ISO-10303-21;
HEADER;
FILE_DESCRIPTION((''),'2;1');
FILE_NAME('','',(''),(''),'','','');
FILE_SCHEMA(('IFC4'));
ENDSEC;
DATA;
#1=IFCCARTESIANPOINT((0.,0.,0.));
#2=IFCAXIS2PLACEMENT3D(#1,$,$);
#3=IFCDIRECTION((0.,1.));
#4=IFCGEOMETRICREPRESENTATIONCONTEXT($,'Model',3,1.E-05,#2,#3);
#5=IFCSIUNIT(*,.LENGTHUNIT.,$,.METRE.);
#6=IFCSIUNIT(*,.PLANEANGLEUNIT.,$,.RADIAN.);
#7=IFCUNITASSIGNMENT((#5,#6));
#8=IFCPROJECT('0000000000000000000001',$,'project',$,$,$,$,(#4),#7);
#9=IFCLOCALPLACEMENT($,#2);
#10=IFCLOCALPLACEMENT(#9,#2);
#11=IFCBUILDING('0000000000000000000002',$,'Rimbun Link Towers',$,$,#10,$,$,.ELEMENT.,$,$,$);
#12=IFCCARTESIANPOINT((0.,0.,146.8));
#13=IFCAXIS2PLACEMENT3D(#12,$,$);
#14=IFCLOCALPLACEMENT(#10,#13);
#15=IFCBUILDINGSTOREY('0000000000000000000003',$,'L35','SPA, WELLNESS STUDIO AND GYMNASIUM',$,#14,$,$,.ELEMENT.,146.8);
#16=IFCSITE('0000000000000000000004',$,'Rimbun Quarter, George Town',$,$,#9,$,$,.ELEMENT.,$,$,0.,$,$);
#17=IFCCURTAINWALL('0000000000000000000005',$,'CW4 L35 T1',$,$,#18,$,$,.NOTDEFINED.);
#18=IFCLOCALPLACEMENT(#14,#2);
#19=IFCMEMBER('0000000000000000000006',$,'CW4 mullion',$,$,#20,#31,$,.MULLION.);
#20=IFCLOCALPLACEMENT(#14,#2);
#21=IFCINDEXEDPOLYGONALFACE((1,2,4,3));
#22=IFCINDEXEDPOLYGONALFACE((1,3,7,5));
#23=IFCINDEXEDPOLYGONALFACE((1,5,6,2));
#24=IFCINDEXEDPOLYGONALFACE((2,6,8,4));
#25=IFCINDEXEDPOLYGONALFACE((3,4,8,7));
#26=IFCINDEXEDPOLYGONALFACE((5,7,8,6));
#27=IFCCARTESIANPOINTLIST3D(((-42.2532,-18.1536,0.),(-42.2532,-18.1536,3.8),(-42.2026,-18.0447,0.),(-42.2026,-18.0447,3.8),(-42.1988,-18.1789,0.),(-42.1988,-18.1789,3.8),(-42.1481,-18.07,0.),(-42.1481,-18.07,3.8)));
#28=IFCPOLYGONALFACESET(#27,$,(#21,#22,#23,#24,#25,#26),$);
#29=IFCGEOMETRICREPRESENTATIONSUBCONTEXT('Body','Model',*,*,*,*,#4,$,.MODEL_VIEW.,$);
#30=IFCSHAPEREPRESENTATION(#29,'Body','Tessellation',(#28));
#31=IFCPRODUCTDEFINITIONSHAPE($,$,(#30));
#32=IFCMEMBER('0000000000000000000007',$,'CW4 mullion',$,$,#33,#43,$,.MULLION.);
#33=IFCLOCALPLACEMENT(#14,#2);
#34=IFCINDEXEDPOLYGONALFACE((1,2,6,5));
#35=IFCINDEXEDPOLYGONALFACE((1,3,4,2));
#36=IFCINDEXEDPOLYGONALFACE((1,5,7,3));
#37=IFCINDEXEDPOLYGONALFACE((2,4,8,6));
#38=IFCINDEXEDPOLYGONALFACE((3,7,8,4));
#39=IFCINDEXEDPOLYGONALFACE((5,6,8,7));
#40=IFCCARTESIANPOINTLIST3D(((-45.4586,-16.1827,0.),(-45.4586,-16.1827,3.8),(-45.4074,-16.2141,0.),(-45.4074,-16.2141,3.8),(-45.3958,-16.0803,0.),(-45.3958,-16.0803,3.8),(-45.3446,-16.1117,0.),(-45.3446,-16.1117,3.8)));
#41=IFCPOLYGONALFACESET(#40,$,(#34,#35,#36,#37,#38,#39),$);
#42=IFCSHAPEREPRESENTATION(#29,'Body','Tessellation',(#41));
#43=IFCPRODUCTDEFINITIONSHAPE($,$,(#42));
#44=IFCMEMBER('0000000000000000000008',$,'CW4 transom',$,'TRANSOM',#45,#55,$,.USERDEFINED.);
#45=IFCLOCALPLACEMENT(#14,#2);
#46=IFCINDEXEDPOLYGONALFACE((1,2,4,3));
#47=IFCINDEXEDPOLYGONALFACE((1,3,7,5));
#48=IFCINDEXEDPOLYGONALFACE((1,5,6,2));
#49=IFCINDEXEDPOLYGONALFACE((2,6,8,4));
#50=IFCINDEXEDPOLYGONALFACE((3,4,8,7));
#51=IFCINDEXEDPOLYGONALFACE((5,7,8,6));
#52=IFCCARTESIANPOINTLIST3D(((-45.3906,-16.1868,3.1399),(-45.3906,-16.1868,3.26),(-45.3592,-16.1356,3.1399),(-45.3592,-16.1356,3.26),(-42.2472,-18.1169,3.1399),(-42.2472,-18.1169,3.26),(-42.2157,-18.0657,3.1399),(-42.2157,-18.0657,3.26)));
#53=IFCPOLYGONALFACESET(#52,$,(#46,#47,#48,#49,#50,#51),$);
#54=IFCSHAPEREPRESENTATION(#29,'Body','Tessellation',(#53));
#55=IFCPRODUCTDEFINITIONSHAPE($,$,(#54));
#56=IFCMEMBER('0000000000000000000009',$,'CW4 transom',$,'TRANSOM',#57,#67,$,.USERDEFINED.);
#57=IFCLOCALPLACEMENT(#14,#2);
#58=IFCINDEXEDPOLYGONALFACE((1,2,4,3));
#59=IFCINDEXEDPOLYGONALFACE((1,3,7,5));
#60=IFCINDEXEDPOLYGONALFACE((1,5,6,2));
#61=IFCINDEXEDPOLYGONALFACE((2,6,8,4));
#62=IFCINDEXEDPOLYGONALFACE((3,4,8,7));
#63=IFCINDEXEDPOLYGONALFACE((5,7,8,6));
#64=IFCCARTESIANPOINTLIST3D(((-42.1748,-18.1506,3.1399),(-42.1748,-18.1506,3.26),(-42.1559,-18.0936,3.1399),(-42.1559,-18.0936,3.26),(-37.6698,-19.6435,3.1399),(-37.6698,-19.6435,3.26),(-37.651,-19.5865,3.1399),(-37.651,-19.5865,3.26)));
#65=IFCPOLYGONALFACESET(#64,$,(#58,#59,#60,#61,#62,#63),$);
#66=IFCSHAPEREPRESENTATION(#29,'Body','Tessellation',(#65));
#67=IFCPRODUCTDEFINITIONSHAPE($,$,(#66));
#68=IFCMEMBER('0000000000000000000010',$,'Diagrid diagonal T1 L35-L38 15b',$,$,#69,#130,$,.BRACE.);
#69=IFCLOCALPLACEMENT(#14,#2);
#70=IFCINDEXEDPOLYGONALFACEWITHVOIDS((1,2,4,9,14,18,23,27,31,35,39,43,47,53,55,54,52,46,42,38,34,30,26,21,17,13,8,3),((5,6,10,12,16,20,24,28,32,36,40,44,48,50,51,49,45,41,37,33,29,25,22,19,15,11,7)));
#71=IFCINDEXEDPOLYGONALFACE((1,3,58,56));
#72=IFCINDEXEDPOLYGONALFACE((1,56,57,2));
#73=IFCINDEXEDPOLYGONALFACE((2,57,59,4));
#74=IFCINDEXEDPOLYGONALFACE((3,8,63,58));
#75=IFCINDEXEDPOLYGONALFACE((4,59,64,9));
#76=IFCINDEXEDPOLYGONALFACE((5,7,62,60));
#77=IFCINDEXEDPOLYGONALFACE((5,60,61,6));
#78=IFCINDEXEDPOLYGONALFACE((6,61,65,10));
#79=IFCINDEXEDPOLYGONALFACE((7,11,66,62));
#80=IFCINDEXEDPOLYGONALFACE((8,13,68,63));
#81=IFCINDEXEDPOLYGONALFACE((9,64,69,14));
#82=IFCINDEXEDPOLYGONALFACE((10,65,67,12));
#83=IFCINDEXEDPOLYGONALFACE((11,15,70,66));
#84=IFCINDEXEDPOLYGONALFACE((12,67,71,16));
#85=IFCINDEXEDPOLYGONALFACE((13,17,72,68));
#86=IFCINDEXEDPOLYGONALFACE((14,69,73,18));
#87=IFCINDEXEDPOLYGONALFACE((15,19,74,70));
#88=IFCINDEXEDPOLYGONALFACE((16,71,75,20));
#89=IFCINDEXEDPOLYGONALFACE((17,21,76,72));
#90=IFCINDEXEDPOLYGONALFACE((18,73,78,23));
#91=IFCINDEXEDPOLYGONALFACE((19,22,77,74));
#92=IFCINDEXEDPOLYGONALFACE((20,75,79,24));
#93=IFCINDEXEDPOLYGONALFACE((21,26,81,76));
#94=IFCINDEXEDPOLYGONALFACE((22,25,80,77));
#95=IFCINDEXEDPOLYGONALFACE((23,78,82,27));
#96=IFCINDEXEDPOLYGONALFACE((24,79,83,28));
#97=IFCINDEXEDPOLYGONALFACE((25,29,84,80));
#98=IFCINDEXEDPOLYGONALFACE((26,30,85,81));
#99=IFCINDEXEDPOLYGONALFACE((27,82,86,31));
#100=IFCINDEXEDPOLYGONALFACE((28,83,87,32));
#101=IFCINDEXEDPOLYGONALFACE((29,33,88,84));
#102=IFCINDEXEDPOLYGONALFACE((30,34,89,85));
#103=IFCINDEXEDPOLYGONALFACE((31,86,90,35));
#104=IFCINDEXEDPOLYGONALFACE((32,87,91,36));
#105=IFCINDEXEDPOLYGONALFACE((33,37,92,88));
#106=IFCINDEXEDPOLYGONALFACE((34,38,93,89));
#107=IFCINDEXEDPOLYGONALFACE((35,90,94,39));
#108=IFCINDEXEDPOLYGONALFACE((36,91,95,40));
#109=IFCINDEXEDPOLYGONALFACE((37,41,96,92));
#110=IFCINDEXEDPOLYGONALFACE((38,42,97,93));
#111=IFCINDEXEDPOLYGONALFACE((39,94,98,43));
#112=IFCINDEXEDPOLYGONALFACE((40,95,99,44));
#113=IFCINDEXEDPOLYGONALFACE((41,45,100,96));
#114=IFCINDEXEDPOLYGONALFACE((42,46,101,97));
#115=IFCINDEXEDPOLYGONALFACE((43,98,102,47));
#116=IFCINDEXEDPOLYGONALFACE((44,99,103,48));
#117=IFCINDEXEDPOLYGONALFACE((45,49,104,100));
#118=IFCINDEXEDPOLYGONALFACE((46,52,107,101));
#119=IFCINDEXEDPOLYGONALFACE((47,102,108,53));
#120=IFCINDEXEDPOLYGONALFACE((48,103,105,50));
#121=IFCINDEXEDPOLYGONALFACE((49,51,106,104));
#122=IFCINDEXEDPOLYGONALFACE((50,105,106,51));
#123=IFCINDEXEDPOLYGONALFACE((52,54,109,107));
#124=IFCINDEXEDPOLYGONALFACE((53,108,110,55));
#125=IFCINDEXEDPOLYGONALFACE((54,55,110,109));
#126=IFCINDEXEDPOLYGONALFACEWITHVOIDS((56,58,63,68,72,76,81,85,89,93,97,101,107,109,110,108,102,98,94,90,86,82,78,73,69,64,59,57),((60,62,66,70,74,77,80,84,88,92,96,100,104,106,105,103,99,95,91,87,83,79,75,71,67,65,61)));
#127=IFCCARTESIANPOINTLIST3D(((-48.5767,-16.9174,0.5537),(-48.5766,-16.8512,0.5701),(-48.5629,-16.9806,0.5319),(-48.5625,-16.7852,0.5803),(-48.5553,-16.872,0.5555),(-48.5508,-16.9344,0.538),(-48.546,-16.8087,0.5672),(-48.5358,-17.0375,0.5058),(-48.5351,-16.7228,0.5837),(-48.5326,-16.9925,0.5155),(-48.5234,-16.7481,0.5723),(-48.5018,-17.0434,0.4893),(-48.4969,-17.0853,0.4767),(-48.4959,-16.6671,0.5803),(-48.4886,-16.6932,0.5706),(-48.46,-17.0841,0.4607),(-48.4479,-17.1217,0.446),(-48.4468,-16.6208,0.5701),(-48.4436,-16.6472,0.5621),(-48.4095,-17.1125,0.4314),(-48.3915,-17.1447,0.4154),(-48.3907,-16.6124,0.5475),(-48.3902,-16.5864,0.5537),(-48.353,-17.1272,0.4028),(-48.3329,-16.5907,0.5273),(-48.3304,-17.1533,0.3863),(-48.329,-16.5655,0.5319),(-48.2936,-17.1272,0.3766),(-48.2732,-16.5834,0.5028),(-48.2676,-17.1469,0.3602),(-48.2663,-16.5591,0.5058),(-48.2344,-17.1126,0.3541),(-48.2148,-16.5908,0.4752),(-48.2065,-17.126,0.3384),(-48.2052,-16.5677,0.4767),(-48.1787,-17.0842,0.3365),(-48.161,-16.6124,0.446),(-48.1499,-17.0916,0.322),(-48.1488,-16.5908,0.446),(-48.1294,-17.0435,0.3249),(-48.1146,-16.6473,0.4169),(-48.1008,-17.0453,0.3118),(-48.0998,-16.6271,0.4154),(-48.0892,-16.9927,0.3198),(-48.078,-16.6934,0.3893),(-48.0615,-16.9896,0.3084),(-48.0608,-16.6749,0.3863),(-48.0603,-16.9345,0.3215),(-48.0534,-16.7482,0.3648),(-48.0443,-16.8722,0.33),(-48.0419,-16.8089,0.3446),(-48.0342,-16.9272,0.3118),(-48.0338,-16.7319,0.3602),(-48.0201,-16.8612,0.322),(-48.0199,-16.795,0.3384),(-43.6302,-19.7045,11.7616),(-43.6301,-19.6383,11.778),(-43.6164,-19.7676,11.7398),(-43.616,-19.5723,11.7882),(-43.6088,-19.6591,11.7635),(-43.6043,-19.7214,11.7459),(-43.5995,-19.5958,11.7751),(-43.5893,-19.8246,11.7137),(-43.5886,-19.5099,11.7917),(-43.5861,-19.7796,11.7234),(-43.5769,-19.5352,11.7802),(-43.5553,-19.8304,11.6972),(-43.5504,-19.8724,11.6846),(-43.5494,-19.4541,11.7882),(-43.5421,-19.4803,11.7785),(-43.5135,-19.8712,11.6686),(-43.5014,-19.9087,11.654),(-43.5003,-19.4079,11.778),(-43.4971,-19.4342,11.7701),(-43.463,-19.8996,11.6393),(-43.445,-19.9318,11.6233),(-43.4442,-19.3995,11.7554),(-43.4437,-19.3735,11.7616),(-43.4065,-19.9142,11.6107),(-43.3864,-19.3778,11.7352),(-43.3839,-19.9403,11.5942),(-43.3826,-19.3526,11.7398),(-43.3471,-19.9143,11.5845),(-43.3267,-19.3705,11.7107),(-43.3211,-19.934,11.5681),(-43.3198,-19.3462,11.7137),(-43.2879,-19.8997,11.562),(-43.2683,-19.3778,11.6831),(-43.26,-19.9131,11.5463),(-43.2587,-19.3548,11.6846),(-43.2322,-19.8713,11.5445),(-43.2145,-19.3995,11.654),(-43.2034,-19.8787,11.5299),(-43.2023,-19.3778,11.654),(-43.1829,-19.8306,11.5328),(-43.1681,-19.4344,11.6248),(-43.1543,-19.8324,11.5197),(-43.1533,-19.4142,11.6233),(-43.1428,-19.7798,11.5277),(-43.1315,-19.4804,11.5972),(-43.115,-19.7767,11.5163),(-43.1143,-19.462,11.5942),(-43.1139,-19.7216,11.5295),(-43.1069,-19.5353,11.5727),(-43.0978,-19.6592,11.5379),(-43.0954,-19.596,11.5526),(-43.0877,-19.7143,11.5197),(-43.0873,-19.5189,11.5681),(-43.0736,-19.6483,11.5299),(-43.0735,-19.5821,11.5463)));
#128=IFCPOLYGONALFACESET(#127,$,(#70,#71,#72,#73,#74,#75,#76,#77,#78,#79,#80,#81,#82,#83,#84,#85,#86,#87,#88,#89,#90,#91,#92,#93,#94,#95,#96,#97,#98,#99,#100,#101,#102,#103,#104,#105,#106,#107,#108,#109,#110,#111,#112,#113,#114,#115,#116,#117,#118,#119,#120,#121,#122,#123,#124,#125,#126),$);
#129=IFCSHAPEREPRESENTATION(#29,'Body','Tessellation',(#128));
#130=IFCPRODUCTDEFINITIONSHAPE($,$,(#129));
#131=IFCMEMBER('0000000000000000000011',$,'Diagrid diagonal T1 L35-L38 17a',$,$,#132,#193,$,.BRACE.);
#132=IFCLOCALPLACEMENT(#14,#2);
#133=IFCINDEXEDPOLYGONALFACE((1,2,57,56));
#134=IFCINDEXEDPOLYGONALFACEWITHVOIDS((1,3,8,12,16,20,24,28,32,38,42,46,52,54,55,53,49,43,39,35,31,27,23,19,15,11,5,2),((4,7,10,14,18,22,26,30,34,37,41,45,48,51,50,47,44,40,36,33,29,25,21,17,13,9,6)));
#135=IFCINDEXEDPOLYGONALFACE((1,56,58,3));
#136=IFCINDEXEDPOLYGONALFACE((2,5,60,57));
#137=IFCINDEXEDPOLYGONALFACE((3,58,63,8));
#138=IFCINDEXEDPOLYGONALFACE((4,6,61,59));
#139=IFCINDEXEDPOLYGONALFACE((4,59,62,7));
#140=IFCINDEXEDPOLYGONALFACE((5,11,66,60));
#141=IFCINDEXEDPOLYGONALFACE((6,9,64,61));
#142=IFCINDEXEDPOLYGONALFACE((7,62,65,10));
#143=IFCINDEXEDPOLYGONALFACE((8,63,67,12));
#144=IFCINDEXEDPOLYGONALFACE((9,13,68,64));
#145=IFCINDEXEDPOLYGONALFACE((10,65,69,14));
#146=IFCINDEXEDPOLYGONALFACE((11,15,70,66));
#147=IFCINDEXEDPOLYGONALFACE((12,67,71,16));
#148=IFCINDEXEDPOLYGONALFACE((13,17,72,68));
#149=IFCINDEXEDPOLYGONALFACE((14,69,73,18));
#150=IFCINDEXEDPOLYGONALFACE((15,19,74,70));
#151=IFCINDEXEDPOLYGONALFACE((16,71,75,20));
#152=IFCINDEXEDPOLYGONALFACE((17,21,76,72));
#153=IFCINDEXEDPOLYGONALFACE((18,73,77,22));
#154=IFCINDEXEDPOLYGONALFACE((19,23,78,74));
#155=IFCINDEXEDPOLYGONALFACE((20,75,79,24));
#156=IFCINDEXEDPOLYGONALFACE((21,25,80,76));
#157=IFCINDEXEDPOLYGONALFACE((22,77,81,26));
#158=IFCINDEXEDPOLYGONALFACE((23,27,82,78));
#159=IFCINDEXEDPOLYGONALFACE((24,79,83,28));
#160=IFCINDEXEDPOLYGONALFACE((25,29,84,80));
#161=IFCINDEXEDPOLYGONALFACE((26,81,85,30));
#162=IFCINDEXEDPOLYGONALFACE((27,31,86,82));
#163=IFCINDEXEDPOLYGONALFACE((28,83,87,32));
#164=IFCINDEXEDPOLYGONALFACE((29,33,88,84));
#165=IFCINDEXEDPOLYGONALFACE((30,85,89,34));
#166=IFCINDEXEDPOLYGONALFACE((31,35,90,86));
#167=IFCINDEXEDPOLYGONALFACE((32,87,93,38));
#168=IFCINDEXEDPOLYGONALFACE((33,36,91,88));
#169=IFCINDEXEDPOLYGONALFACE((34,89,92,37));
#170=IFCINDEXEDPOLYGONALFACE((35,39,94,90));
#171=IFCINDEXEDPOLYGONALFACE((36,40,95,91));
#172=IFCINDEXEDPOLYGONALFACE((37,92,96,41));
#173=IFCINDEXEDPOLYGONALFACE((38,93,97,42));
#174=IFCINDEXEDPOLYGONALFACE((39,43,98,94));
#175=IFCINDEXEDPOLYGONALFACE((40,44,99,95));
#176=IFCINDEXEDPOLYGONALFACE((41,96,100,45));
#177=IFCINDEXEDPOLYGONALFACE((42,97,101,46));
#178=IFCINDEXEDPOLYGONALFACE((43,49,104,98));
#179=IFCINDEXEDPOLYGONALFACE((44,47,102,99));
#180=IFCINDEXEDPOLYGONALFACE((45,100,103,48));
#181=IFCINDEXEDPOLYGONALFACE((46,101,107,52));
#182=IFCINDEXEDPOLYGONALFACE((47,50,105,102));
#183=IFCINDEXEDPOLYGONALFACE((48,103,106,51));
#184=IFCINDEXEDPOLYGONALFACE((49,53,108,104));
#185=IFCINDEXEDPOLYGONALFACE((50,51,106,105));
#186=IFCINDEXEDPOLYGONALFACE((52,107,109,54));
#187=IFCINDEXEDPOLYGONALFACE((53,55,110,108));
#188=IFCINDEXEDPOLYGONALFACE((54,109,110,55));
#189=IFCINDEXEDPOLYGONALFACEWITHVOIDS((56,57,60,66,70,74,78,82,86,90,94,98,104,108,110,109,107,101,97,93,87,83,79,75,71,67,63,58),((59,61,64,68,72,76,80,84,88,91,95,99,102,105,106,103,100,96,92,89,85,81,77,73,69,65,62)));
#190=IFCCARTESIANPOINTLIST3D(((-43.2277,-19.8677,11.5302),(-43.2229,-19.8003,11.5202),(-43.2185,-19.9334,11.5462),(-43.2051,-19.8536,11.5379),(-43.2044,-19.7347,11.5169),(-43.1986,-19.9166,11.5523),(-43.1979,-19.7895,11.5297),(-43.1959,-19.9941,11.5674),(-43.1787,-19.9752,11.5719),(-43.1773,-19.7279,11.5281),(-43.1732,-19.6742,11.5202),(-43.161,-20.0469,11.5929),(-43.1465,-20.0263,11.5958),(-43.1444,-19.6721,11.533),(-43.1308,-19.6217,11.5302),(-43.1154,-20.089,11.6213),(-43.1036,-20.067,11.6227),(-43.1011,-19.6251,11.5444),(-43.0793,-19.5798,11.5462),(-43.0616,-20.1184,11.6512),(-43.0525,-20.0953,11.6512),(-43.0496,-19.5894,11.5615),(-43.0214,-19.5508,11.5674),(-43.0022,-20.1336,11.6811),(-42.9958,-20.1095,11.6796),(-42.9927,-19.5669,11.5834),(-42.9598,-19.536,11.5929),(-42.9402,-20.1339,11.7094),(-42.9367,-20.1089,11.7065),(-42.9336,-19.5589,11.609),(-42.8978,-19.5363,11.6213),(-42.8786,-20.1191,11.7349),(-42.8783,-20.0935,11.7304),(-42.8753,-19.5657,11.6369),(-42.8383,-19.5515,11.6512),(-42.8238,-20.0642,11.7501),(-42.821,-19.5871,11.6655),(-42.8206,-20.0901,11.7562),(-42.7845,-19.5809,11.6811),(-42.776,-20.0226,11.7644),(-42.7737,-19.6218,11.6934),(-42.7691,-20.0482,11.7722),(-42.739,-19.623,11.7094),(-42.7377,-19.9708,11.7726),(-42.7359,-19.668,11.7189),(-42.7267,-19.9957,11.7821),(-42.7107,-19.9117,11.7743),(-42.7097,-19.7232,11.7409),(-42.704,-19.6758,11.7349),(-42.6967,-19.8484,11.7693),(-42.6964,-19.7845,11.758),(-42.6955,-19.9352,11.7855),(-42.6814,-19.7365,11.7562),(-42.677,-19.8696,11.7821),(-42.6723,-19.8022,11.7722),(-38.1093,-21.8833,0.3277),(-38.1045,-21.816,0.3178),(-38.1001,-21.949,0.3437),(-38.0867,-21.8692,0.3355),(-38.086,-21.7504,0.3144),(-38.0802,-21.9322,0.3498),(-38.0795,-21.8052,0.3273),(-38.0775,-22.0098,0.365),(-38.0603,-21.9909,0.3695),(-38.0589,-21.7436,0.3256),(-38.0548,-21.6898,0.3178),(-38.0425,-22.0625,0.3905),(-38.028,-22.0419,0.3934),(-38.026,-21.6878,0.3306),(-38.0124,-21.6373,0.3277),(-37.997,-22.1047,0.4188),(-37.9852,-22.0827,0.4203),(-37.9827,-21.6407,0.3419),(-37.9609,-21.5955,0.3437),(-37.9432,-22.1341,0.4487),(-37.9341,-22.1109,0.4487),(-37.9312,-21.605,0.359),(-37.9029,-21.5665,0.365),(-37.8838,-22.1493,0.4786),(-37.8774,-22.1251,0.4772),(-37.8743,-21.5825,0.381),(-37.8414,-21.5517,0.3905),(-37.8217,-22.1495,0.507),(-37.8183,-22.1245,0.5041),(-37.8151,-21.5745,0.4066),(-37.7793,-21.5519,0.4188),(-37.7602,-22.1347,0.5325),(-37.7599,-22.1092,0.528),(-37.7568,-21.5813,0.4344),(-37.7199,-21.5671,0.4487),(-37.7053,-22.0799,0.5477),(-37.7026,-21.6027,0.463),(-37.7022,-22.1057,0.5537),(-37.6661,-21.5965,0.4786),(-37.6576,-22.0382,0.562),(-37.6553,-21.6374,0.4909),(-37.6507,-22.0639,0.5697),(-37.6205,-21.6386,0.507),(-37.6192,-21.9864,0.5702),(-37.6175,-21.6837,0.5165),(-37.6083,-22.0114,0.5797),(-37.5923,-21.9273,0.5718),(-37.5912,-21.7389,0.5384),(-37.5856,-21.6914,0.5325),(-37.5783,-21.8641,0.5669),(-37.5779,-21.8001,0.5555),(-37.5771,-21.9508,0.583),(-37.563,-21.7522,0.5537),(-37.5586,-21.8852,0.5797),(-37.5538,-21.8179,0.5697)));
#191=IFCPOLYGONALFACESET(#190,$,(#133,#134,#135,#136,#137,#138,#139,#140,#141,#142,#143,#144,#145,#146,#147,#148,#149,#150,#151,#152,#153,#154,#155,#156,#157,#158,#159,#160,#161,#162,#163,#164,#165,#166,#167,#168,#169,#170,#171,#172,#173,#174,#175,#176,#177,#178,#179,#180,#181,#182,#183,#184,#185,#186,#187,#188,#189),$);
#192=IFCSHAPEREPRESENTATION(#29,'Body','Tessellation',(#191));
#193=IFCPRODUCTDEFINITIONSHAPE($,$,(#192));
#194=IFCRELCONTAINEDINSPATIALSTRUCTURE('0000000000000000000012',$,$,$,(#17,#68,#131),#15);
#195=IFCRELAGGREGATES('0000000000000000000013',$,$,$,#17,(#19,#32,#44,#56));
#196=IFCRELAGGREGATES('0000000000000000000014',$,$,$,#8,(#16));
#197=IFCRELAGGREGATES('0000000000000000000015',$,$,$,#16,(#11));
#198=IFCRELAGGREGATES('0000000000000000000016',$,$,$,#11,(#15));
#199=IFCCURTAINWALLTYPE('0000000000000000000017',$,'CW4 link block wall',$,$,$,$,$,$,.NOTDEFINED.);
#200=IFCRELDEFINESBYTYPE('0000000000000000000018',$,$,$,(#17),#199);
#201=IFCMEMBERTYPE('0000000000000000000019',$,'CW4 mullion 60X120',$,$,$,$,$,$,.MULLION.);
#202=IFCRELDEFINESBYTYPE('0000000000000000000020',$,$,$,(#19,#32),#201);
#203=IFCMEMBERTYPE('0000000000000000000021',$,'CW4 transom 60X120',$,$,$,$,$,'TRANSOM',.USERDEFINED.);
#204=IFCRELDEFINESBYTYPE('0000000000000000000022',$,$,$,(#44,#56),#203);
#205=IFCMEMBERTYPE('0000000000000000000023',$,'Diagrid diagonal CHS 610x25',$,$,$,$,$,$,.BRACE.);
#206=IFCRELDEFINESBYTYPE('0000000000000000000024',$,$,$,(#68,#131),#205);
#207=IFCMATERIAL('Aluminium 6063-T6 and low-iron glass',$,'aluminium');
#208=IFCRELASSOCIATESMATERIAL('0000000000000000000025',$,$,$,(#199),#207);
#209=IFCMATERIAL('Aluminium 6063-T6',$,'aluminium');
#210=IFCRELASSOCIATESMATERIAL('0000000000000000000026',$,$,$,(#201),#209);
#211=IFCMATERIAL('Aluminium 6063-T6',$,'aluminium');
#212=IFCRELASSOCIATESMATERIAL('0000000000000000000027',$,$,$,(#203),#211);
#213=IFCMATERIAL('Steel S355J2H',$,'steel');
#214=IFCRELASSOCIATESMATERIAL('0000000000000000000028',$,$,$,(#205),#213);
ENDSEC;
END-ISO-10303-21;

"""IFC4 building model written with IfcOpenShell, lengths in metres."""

from ifc_helpers import new_model, si_unit, direction, frame, origin, origin_2d, place, context, subcontext, project, spatial, rectangle, hollow_circle, extrude, material, material_profile, profile_set, type_object, element, aggregate, save


model = new_model("IFC4")

# Units and contexts
model_context = context("Model", 3, precision=1e-05, world=origin(), true_north=direction((0.0, 1.0)))
body_context = subcontext(model_context, "Body", "Model", "MODEL_VIEW")
ifc_project = project(units=[si_unit("LENGTHUNIT", "METRE"), si_unit("PLANEANGLEUNIT", "RADIAN")], contexts=[model_context])

# Site, building, storey
site_placement = place(None, origin())
site = spatial("IfcSite", under=ifc_project, at=site_placement, Name="Rimbun Quarter, George Town", CompositionType="ELEMENT", RefElevation=0.0)
building_placement = place(site_placement, origin())
building = spatial("IfcBuilding", under=site, at=building_placement, Name="Rimbun Link Towers", CompositionType="ELEMENT")
storey_placement = place(building_placement, frame((0.0, 0.0, 146.8)))
storey = spatial("IfcBuildingStorey", under=building, at=storey_placement, Name="L35", Description="SPA, WELLNESS STUDIO AND GYMNASIUM", CompositionType="ELEMENT", Elevation=146.8)

# Curtain wall, members
ifc_material_1 = material(Name="Aluminium 6063-T6 and low-iron glass", Category="aluminium")
curtain_wall_type = type_object("IfcCurtainWallType", Name="CW4 link block wall", PredefinedType="NOTDEFINED", material=ifc_material_1)
curtain_wall_placement = place(storey_placement, origin())
curtain_wall = element("IfcCurtainWall", 1, at=curtain_wall_placement, inside=storey, type_object=curtain_wall_type, Name="CW4 L35 T1", PredefinedType="NOTDEFINED")
ifc_material_2 = material(Name="Aluminium 6063-T6", Category="aluminium")
ifc_material_profile_1 = material_profile(ifc_material_2, rectangle(XDim=0.1201, YDim=0.0601, at=origin_2d()), Name="MULLION 60X120")
ifc_profile_set_1 = profile_set([ifc_material_profile_1], Name="Aluminium 6063-T6")
member_type_1 = type_object("IfcMemberType", Name="CW4 mullion 60X120", PredefinedType="MULLION", material=ifc_profile_set_1)
member_1_placement = place(storey_placement, frame((-42.2007, -18.1118, 0.0), z_axis=(0.0, 0.0, 1.0), x_axis=(-0.421697, -0.906737, 0.0)))
member_1 = element("IfcMember", 2, at=member_1_placement, type_object=member_type_1, Name="CW4 mullion", PredefinedType="MULLION", context=body_context, shape_type="SweptSolid", body=[
    extrude(rectangle(XDim=0.1201, YDim=0.0601, at=origin_2d()), origin(), (0.0, 0.0, 1.0), 3.8),
])
member_2_placement = place(storey_placement, frame((-45.4016, -16.1472, 0.0), z_axis=(0.0, 0.0, 1.0), x_axis=(-0.523225, -0.852194, 0.0)))
member_2 = element("IfcMember", 3, at=member_2_placement, type_object=member_type_1, Name="CW4 mullion", PredefinedType="MULLION", context=body_context, shape_type="SweptSolid", body=[
    extrude(rectangle(XDim=0.1201, YDim=0.0601, at=origin_2d()), origin(), (0.0, 0.0, 1.0), 3.8),
])
ifc_material_3 = material(Name="Aluminium 6063-T6", Category="aluminium")
ifc_material_profile_2 = material_profile(ifc_material_3, rectangle(XDim=0.0601, YDim=0.1201, at=origin_2d()), Name="TRANSOM 60X120")
ifc_profile_set_2 = profile_set([ifc_material_profile_2], Name="Aluminium 6063-T6")
member_type_2 = type_object("IfcMemberType", Name="CW4 transom 60X120", ElementType="TRANSOM", PredefinedType="USERDEFINED", material=ifc_profile_set_2)
member_3_placement = place(storey_placement, frame((-42.2314, -18.0913, 3.2), z_axis=(-0.852181, 0.523248, 0.0), x_axis=(-0.523248, -0.852181, 0.0)))
member_3 = element("IfcMember", 4, at=member_3_placement, type_object=member_type_2, Name="CW4 transom", ObjectType="TRANSOM", PredefinedType="USERDEFINED", context=body_context, shape_type="SweptSolid", body=[
    extrude(rectangle(XDim=0.0601, YDim=0.1201, at=origin_2d()), origin(), (0.0, 0.0, 1.0), 3.6887),
])
member_4_placement = place(storey_placement, frame((-37.6604, -19.615, 3.2), z_axis=(-0.949232, 0.314576, 0.0), x_axis=(-0.314576, -0.949232, 0.0)))
member_4 = element("IfcMember", 5, at=member_4_placement, type_object=member_type_2, Name="CW4 transom", ObjectType="TRANSOM", PredefinedType="USERDEFINED", context=body_context, shape_type="SweptSolid", body=[
    extrude(rectangle(XDim=0.0601, YDim=0.1201, at=origin_2d()), origin(), (0.0, 0.0, 1.0), 4.7458),
])

# Members
ifc_material_4 = material(Name="Steel S355J2H", Category="steel")
ifc_material_profile_3 = material_profile(ifc_material_4, hollow_circle(Radius=0.3047, WallThickness=0.0249, at=origin_2d()), Name="Diagrid diagonal CHS 610x25")
ifc_profile_set_3 = profile_set([ifc_material_profile_3], Name="Steel S355J2H")
member_type_3 = type_object("IfcMemberType", Name="Diagrid diagonal CHS 610x25", PredefinedType="BRACE", material=ifc_profile_set_3)
member_5_placement = place(storey_placement, frame((-48.2983, -16.8562, 0.446), z_axis=(0.393705, -0.221832, 0.892069), x_axis=(0.490888, 0.871223, 0.0)))
element("IfcMember", 6, at=member_5_placement, inside=storey, type_object=member_type_3, Name="Diagrid diagonal T1 L35-L38 15b", PredefinedType="BRACE", context=body_context, shape_type="SweptSolid", body=[
    extrude(hollow_circle(Radius=0.3047, WallThickness=0.0249, at=origin_2d()), origin(), (0.0, 0.0, 1.0), 12.564),
])
member_6_placement = place(storey_placement, frame((-37.8315, -21.8506, 0.4487), z_axis=(-0.410124, 0.161506, 0.897616), x_axis=(-0.366412, -0.930453, 0.0)))
element("IfcMember", 7, at=member_6_placement, inside=storey, type_object=member_type_3, Name="Diagrid diagonal T1 L35-L38 17a", PredefinedType="BRACE", context=body_context, shape_type="SweptSolid", body=[
    extrude(hollow_circle(Radius=0.3047, WallThickness=0.0249, at=origin_2d()), origin(), (0.0, 0.0, 1.0), 12.4802),
])

aggregate(curtain_wall, [member_1, member_2, member_3, member_4])

save(model, "model.ifc")
